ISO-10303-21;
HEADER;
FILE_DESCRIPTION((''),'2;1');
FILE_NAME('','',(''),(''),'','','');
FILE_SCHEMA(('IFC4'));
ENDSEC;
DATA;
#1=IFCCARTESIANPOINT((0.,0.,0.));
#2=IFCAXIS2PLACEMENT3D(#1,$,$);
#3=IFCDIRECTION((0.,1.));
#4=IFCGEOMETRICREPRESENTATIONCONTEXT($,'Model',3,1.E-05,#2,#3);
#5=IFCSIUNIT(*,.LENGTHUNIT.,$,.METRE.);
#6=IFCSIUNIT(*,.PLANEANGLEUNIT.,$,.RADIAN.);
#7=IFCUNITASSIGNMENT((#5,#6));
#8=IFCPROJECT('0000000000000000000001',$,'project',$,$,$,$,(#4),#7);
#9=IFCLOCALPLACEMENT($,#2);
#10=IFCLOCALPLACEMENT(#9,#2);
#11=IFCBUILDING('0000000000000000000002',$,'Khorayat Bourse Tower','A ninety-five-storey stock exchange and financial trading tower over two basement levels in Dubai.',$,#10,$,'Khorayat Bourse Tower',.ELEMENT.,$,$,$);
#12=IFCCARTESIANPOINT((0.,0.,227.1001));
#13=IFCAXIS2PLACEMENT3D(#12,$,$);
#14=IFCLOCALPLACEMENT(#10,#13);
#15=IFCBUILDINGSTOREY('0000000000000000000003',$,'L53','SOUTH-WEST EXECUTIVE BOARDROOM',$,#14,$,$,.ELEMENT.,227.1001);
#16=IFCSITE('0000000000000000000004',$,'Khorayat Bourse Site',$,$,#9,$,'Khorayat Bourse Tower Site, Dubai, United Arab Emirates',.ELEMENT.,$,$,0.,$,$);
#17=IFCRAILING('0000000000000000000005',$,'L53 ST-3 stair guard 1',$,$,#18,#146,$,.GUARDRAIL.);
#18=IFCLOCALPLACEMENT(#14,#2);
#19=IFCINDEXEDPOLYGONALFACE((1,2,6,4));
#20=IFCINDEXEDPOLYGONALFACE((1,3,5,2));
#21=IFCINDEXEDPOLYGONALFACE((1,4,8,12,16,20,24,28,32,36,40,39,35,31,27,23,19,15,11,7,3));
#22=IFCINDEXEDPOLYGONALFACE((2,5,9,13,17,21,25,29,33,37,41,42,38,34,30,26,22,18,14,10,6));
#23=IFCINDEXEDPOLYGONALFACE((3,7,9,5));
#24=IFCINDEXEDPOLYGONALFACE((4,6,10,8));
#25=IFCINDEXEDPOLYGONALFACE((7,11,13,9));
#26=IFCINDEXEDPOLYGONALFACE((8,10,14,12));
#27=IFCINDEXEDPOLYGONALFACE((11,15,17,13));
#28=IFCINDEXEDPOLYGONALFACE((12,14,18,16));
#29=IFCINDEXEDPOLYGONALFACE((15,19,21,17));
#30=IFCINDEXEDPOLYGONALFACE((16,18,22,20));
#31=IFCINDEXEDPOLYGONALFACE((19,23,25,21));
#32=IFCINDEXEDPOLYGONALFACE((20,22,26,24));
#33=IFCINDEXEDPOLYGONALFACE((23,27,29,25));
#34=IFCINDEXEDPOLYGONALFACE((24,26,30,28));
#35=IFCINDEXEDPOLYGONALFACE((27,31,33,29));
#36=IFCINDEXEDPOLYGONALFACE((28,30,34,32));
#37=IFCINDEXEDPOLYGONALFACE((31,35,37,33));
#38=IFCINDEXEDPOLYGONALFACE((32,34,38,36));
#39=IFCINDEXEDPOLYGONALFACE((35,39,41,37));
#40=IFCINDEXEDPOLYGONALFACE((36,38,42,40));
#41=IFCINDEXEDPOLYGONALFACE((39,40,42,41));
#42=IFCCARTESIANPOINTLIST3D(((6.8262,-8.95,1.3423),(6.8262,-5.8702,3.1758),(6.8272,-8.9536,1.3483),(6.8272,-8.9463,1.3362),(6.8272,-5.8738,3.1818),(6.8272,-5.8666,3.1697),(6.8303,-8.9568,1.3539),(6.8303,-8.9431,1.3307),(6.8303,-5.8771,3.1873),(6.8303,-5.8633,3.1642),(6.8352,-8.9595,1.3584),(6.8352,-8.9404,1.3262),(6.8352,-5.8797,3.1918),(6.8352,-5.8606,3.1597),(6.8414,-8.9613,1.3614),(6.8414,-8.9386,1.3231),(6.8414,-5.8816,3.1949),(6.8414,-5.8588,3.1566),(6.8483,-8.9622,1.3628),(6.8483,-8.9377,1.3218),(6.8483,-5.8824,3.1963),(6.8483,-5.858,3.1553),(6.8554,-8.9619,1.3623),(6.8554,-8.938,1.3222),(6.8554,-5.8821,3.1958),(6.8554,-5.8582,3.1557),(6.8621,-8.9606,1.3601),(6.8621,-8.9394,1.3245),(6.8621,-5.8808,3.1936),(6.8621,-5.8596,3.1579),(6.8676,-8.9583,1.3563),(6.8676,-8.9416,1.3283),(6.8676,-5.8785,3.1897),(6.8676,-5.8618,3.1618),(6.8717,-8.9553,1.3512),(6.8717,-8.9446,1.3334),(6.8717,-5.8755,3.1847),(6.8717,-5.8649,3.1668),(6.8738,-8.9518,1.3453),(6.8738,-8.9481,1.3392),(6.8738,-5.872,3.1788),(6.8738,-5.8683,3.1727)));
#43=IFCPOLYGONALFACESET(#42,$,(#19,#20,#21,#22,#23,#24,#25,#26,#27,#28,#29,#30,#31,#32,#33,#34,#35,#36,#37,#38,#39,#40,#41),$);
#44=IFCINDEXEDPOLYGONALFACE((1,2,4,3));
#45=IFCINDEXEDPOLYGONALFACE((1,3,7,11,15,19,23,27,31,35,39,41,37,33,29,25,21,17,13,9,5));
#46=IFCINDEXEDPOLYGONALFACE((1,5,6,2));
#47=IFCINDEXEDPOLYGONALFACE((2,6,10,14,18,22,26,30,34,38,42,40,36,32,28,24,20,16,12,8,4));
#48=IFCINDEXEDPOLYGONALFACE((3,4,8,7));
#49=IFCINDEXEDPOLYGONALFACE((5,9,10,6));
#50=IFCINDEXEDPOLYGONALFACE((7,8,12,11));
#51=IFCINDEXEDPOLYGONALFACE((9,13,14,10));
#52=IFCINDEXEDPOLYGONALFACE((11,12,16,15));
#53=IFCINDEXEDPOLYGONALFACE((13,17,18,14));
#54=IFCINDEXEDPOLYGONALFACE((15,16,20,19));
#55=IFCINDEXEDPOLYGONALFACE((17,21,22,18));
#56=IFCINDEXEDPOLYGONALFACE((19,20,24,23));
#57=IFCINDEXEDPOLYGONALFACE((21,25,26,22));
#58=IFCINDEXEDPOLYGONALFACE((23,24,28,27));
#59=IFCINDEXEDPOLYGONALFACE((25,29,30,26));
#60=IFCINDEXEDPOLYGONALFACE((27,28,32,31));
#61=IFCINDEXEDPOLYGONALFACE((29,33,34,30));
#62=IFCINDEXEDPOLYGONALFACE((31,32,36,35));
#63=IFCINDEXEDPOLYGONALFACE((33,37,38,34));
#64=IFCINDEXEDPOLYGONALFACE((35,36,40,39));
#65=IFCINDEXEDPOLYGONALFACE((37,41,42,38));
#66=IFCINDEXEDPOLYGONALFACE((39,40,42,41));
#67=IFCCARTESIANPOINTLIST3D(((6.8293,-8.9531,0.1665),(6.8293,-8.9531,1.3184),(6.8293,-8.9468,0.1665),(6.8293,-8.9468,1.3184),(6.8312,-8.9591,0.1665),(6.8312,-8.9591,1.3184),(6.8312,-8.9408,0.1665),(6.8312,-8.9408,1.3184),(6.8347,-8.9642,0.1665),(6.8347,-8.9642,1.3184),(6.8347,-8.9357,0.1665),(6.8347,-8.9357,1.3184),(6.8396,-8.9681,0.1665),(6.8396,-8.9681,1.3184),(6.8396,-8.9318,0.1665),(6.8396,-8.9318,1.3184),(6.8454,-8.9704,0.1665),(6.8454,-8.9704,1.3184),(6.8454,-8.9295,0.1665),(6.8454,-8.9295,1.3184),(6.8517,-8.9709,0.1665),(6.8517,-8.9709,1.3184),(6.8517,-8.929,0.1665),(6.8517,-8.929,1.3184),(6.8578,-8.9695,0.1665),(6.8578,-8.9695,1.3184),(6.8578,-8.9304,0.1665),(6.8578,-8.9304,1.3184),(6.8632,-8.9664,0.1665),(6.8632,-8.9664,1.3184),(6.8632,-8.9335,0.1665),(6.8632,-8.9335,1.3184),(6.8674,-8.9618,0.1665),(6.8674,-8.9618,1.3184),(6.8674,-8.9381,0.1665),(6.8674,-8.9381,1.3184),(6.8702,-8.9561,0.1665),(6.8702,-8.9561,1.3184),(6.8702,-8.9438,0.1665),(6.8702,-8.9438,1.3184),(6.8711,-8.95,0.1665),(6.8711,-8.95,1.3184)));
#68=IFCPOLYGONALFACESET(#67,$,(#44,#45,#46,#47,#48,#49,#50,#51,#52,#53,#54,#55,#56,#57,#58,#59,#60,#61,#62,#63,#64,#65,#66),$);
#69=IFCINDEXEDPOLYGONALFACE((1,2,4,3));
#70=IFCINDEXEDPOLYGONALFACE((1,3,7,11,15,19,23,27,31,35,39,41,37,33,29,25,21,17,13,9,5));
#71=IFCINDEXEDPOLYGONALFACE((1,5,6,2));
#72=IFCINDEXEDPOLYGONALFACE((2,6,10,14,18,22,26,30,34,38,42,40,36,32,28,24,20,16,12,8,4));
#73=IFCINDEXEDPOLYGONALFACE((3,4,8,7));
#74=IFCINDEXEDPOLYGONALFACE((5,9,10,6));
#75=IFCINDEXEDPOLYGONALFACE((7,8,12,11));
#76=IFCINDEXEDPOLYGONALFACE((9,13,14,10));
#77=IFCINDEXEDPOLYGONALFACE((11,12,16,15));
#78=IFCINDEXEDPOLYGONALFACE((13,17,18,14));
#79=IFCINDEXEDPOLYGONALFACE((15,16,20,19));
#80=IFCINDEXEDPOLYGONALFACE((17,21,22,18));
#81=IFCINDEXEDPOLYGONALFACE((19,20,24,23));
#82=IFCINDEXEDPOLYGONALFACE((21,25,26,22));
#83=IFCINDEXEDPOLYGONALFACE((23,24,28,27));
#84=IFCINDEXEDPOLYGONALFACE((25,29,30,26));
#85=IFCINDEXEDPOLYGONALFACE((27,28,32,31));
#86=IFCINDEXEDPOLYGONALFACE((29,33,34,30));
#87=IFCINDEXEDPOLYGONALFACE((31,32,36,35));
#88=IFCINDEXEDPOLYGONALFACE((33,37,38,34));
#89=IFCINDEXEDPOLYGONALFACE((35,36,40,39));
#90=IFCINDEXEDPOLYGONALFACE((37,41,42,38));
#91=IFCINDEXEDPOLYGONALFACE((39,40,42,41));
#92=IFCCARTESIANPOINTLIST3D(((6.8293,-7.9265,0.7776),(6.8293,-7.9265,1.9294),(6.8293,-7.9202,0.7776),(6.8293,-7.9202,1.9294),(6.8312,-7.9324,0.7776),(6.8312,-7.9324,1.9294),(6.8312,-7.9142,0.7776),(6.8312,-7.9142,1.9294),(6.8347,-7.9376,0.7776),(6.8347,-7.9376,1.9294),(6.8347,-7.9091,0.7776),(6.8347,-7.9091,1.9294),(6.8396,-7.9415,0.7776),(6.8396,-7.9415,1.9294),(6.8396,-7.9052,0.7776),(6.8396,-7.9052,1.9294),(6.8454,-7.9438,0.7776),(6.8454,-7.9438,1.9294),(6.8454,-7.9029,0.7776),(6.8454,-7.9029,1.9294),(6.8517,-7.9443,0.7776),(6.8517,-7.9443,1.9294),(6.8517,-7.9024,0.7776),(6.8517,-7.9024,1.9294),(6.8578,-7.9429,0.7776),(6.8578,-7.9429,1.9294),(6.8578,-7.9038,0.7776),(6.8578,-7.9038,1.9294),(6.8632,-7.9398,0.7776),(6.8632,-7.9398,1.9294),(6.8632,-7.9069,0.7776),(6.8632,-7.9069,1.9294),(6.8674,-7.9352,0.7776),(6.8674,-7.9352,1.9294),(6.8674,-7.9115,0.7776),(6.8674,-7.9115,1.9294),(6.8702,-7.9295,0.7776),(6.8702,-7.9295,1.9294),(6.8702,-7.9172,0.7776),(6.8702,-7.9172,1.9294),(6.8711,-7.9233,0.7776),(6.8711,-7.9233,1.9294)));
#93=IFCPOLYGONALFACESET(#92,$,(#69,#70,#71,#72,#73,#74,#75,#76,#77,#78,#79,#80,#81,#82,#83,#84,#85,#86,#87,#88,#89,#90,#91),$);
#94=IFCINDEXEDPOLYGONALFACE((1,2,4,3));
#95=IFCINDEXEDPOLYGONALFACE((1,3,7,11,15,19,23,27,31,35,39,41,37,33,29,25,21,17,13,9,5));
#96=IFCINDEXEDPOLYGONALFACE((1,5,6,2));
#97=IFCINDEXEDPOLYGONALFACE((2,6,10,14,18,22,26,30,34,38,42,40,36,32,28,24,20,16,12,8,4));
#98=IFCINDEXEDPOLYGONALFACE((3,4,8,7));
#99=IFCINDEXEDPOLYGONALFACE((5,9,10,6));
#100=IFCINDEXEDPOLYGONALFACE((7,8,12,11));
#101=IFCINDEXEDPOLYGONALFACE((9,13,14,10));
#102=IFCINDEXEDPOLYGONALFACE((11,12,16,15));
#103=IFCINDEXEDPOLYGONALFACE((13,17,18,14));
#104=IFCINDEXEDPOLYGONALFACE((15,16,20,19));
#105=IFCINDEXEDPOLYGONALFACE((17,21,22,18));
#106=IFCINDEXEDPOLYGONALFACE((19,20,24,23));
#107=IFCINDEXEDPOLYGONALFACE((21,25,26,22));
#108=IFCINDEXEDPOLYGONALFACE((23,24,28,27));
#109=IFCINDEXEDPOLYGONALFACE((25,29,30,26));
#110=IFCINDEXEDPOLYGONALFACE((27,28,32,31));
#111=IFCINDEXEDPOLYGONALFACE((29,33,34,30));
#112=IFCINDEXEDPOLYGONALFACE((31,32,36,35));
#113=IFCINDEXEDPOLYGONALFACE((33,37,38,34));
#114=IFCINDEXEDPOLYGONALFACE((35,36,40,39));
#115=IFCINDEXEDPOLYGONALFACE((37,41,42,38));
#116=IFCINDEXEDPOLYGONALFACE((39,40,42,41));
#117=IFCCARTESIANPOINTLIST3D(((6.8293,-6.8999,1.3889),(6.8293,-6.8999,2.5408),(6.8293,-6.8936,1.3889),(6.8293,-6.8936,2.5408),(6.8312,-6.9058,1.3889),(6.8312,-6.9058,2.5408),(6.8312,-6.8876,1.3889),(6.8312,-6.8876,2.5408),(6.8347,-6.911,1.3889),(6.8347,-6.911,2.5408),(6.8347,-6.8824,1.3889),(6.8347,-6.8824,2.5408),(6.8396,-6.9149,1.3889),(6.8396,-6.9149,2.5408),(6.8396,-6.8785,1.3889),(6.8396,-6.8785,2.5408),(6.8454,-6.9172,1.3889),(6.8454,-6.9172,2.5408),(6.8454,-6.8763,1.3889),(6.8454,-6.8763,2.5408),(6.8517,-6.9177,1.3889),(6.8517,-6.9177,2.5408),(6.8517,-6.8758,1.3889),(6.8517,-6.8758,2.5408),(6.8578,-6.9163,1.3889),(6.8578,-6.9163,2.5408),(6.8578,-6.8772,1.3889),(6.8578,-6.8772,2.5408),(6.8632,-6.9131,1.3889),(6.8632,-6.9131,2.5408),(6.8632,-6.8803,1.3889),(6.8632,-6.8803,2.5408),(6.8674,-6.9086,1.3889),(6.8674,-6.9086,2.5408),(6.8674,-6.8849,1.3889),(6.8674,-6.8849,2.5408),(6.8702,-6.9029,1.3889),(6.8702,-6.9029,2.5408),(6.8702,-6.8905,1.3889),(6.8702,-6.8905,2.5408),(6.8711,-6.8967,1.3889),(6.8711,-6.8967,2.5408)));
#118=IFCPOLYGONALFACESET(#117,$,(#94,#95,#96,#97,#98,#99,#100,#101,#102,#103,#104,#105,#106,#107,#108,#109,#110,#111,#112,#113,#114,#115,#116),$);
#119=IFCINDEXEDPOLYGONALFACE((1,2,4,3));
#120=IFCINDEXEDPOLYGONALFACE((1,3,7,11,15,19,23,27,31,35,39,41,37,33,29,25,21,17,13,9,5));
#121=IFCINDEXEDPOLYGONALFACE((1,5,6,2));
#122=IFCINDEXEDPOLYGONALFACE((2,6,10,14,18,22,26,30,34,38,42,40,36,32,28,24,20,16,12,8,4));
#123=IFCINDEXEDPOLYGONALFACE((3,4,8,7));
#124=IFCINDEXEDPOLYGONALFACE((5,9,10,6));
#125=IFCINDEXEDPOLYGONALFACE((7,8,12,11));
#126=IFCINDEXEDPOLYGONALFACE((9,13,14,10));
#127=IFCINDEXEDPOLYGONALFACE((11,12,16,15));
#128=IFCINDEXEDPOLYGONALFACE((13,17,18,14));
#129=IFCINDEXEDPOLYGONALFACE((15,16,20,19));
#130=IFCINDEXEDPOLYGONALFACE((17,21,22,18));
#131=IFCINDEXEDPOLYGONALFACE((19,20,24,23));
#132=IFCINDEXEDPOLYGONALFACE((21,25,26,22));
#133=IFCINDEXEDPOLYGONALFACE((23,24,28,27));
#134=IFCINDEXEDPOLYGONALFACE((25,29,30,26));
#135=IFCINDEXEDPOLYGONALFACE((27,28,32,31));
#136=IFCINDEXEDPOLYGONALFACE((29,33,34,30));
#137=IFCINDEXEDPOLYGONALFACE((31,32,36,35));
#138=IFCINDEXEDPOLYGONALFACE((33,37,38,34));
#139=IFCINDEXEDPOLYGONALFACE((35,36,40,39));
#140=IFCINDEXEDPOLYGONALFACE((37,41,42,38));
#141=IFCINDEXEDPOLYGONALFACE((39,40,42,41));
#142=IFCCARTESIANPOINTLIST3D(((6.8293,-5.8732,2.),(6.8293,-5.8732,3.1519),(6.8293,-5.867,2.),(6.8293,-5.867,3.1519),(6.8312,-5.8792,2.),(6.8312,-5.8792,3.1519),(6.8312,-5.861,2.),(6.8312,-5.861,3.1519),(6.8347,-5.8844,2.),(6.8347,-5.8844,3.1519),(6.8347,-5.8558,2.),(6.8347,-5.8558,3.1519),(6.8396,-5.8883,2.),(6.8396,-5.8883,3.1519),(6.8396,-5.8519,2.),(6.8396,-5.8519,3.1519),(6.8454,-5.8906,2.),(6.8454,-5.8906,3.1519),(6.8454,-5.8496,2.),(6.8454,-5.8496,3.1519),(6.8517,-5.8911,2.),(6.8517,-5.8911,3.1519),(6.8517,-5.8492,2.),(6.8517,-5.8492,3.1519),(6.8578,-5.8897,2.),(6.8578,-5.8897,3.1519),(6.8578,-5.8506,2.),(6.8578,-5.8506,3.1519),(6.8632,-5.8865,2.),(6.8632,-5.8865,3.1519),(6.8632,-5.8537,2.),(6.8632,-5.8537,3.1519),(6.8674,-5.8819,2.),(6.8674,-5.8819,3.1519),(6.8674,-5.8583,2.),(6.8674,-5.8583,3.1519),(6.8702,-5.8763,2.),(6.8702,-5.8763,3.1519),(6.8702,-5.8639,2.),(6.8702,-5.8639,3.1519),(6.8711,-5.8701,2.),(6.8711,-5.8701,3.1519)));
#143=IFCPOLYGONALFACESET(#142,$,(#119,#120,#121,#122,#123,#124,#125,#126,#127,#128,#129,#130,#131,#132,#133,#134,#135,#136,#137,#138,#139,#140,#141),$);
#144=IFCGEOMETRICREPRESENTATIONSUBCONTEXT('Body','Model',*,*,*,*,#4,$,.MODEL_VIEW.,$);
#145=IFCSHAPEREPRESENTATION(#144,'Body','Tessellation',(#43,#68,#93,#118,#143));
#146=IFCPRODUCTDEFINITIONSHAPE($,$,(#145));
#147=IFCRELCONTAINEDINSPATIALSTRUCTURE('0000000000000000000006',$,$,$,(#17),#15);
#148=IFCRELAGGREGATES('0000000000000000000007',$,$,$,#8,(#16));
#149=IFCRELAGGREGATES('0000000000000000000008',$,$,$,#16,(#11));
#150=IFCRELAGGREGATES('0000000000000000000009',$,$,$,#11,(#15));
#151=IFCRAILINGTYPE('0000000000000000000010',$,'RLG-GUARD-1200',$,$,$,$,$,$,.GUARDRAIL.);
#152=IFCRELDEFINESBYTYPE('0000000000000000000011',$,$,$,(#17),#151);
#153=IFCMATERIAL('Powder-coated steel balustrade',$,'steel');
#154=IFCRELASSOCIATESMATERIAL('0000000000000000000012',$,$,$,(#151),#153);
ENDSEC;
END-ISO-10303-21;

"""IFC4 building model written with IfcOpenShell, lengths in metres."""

from ifc_helpers import new_model, si_unit, direction, frame, origin, origin_2d, place, context, subcontext, project, spatial, circle, extrude, source, transform, mapped, material, type_object, element, save


model = new_model("IFC4")

# Units and contexts
model_context = context("Model", 3, precision=1e-05, world=origin(), true_north=direction((0.0, 1.0)))
body_context = subcontext(model_context, "Body", "Model", "MODEL_VIEW")
ifc_project = project(units=[si_unit("LENGTHUNIT", "METRE"), si_unit("PLANEANGLEUNIT", "RADIAN")], contexts=[model_context])

# Site, building, storey
site_placement = place(None, origin())
site = spatial("IfcSite", under=ifc_project, at=site_placement, Name="Khorayat Bourse Site", LongName="Khorayat Bourse Tower Site, Dubai, United Arab Emirates", CompositionType="ELEMENT", RefElevation=0.0)
building_placement = place(site_placement, origin())
building = spatial("IfcBuilding", under=site, at=building_placement, Name="Khorayat Bourse Tower", Description="A ninety-five-storey stock exchange and financial trading tower over two basement levels in Dubai.", LongName="Khorayat Bourse Tower", CompositionType="ELEMENT")
storey_placement = place(building_placement, frame((0.0, 0.0, 227.1001)))
storey = spatial("IfcBuildingStorey", under=building, at=storey_placement, Name="L53", Description="SOUTH-WEST EXECUTIVE BOARDROOM", CompositionType="ELEMENT", Elevation=227.1001)

# Railing
ifc_material_1 = material(Name="Powder-coated steel balustrade", Category="steel")
railing_type_1 = type_object("IfcRailingType", Name="RLG-GUARD-1200", PredefinedType="GUARDRAIL", material=ifc_material_1)
shared_shape_1 = source(origin(), body_context, "Body", "SweptSolid", [
    extrude(circle(Radius=0.0239, at=origin_2d()), frame((0.0, 0.0, 1.1758), z_axis=(0.0, 0.859261, 0.511538), x_axis=(-1.0, 0.0, 0.0)), (0.0, 0.0, 1.0), 3.5842),
    extrude(circle(Radius=0.021, at=origin_2d()), origin(), (0.0, 0.0, 1.0), 1.1519),
    extrude(circle(Radius=0.021, at=origin_2d()), frame((0.0, 1.0266, 0.6111)), (0.0, 0.0, 1.0), 1.1519),
    extrude(circle(Radius=0.021, at=origin_2d()), frame((0.0, 2.0532, 1.2224)), (0.0, 0.0, 1.0), 1.1519),
    extrude(circle(Radius=0.021, at=origin_2d()), frame((0.0, 3.0798, 1.8335)), (0.0, 0.0, 1.0), 1.1519),
])
railing_1_placement = place(storey_placement, frame((6.8501, -8.95, 0.1665)))
element("IfcRailing", 1, at=railing_1_placement, inside=storey, type_object=railing_type_1, Name="L53 ST-3 stair guard 1", PredefinedType="GUARDRAIL", context=body_context, shape_type="MappedRepresentation", body=[
    mapped(shared_shape_1, transform((0.0, 0.0, 0.0), scale=1.0)),
])

save(model, "model.ifc")
